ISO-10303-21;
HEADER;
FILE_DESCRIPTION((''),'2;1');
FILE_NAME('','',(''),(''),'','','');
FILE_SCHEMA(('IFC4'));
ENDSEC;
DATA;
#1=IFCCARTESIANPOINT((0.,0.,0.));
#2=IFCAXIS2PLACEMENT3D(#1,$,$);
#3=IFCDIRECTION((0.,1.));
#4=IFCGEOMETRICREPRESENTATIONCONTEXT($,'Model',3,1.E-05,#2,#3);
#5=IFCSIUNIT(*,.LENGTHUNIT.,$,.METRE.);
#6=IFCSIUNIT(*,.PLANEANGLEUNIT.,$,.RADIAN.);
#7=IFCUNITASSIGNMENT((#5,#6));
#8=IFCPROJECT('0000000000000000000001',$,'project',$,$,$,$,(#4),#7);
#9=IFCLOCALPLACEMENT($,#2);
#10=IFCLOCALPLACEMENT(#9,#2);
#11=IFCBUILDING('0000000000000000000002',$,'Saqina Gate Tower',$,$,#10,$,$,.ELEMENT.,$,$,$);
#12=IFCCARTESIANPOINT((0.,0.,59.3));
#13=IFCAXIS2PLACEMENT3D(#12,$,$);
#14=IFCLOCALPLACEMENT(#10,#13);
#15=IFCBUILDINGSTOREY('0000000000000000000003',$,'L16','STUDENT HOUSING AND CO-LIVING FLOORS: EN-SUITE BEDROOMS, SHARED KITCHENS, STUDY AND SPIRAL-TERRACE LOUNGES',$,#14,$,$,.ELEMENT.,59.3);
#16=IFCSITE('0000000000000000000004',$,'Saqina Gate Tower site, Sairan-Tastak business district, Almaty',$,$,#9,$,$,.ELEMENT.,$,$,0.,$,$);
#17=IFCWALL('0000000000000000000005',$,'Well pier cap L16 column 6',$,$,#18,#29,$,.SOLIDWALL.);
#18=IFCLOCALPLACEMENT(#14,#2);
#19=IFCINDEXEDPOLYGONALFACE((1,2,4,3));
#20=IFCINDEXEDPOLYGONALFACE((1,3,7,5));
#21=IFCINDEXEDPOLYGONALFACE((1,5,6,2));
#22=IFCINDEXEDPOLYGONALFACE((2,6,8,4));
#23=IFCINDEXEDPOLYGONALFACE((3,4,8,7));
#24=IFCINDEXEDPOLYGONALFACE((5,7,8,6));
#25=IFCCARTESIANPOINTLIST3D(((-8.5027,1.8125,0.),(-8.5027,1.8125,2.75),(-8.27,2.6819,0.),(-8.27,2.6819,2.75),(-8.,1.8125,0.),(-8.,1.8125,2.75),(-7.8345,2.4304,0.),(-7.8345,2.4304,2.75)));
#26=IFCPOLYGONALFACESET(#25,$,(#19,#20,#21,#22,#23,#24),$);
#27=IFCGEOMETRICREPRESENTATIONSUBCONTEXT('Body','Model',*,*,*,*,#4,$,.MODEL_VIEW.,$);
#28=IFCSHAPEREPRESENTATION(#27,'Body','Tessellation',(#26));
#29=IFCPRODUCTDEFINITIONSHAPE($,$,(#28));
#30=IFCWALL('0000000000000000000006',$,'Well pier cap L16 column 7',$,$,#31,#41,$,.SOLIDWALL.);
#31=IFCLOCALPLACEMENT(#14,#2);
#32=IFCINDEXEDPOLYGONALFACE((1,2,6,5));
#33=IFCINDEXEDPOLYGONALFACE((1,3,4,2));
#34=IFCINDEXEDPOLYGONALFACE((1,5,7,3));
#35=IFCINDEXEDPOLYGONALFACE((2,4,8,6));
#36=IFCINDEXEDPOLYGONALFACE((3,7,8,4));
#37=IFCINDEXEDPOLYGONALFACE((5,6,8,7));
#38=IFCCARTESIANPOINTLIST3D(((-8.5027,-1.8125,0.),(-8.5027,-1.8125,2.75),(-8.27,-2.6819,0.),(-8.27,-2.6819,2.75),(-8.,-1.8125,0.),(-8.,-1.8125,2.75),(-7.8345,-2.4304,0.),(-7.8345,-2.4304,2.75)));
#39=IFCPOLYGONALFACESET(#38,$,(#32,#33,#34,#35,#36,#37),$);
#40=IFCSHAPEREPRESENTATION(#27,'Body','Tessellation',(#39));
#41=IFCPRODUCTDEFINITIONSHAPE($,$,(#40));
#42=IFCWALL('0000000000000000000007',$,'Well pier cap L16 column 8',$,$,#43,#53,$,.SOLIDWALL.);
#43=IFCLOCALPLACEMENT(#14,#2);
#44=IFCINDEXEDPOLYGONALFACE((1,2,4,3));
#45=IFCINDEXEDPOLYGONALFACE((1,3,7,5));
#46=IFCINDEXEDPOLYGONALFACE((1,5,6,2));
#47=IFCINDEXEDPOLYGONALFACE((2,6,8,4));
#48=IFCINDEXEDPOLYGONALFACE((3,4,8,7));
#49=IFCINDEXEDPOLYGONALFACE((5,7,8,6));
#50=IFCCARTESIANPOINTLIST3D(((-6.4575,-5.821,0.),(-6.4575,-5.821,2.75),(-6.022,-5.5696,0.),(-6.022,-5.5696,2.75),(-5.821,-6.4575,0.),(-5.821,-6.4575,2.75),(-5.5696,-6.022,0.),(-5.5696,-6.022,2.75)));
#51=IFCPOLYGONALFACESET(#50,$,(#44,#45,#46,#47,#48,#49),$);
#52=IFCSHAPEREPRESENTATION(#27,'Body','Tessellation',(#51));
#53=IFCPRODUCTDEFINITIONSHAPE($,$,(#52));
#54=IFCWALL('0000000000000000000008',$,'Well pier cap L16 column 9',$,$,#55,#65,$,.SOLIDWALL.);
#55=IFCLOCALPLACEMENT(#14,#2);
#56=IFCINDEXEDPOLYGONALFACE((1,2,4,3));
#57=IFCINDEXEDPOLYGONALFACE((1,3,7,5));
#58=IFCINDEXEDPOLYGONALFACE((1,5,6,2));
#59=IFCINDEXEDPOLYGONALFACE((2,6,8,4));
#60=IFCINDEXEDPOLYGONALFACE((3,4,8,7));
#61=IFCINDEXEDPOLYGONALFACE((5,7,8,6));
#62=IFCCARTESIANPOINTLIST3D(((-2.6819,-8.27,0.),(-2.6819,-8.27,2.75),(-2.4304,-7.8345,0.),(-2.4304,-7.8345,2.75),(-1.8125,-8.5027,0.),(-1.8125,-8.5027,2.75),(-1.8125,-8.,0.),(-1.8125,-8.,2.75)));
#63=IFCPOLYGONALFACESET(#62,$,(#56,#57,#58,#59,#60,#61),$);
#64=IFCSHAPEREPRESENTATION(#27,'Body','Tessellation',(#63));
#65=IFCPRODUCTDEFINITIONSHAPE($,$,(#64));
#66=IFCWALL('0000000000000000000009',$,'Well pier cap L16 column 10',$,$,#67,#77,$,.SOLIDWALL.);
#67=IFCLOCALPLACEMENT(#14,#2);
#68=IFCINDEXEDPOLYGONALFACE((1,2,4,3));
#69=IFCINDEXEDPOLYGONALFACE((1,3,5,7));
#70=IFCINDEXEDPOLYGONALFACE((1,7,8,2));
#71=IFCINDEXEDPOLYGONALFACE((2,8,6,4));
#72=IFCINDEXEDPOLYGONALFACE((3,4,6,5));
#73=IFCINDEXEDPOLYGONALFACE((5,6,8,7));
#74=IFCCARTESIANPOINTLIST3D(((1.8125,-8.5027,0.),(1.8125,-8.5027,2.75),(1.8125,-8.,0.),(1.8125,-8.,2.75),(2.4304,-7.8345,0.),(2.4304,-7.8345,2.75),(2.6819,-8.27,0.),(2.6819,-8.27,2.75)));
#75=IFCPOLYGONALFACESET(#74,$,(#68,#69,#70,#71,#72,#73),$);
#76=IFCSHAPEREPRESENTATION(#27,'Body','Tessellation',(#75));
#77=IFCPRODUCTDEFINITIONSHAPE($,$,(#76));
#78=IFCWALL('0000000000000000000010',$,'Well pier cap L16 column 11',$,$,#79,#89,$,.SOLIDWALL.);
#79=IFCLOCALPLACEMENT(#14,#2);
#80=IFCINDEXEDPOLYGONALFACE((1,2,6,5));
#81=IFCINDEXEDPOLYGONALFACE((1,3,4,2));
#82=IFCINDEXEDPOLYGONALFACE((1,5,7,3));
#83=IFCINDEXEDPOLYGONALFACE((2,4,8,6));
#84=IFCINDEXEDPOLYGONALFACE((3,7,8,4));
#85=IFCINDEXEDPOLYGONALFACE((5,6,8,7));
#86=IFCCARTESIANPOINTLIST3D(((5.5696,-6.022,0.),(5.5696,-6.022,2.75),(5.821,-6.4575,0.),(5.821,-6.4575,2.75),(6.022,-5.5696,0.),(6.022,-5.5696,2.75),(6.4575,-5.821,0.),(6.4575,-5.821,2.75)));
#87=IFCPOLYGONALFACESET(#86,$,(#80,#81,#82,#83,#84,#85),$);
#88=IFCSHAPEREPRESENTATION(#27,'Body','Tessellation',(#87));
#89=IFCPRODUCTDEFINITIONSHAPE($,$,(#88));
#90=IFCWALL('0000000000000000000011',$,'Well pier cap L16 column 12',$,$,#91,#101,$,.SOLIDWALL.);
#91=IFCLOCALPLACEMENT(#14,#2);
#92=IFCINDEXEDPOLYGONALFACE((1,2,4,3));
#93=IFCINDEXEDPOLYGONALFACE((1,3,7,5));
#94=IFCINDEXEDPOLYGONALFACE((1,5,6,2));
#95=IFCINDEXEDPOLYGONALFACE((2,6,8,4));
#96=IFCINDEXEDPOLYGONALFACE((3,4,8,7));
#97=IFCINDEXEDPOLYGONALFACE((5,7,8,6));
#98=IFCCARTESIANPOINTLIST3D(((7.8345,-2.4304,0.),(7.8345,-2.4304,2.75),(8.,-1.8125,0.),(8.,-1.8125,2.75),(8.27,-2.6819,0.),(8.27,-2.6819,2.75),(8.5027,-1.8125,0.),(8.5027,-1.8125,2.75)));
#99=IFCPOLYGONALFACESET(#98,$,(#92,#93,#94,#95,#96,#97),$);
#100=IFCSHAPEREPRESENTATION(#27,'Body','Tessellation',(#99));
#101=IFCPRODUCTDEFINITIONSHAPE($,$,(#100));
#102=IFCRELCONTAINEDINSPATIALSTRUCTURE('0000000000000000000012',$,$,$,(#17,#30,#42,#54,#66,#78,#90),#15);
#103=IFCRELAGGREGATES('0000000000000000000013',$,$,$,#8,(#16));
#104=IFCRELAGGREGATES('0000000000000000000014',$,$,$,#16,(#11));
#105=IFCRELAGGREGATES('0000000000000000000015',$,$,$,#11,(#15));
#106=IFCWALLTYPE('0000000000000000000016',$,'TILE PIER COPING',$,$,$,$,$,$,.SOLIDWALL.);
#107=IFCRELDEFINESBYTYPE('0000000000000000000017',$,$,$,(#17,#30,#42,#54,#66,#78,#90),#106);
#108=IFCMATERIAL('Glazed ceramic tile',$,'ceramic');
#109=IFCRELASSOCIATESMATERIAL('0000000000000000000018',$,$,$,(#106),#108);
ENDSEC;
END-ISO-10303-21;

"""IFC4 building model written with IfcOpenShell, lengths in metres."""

from ifc_helpers import new_model, si_unit, direction, frame, origin, place, context, subcontext, project, spatial, polyline, outline, extrude, material, type_object, element, save


model = new_model("IFC4")

# Units and contexts
model_context = context("Model", 3, precision=1e-05, world=origin(), true_north=direction((0.0, 1.0)))
body_context = subcontext(model_context, "Body", "Model", "MODEL_VIEW")
ifc_project = project(units=[si_unit("LENGTHUNIT", "METRE"), si_unit("PLANEANGLEUNIT", "RADIAN")], contexts=[model_context])

# Site, building, storey
site_placement = place(None, origin())
site = spatial("IfcSite", under=ifc_project, at=site_placement, Name="Saqina Gate Tower site, Sairan-Tastak business district, Almaty", CompositionType="ELEMENT", RefElevation=0.0)
building_placement = place(site_placement, origin())
building = spatial("IfcBuilding", under=site, at=building_placement, Name="Saqina Gate Tower", CompositionType="ELEMENT")
storey_placement = place(building_placement, frame((0.0, 0.0, 59.3)))
storey = spatial("IfcBuildingStorey", under=building, at=storey_placement, Name="L16", Description="STUDENT HOUSING AND CO-LIVING FLOORS: EN-SUITE BEDROOMS, SHARED KITCHENS, STUDY AND SPIRAL-TERRACE LOUNGES", CompositionType="ELEMENT", Elevation=59.3)

# Walls
ifc_material_1 = material(Name="Glazed ceramic tile", Category="ceramic")
wall_type_1 = type_object("IfcWallType", Name="TILE PIER COPING", PredefinedType="SOLIDWALL", material=ifc_material_1)
wall_1_placement = place(storey_placement, origin())
element("IfcWall", 1, at=wall_1_placement, inside=storey, type_object=wall_type_1, Name="Well pier cap L16 column 6", PredefinedType="SOLIDWALL", context=body_context, shape_type="SweptSolid", body=[
    extrude(outline(polyline([(-8.5027, 1.8125), (-8.0, 1.8125), (-7.8345, 2.4304), (-8.27, 2.6819), (-8.5027, 1.8125)])), origin(), (0.0, 0.0, 1.0), 2.75),
])
wall_2_placement = place(storey_placement, origin())
element("IfcWall", 2, at=wall_2_placement, inside=storey, type_object=wall_type_1, Name="Well pier cap L16 column 7", PredefinedType="SOLIDWALL", context=body_context, shape_type="SweptSolid", body=[
    extrude(outline(polyline([(-8.27, -2.6819), (-7.8345, -2.4304), (-8.0, -1.8125), (-8.5027, -1.8125), (-8.27, -2.6819)])), origin(), (0.0, 0.0, 1.0), 2.75),
])
wall_3_placement = place(storey_placement, origin())
element("IfcWall", 3, at=wall_3_placement, inside=storey, type_object=wall_type_1, Name="Well pier cap L16 column 8", PredefinedType="SOLIDWALL", context=body_context, shape_type="SweptSolid", body=[
    extrude(outline(polyline([(-6.4575, -5.821), (-5.821, -6.4575), (-5.5696, -6.022), (-6.022, -5.5696), (-6.4575, -5.821)])), origin(), (0.0, 0.0, 1.0), 2.75),
])
wall_4_placement = place(storey_placement, origin())
element("IfcWall", 4, at=wall_4_placement, inside=storey, type_object=wall_type_1, Name="Well pier cap L16 column 9", PredefinedType="SOLIDWALL", context=body_context, shape_type="SweptSolid", body=[
    extrude(outline(polyline([(-1.8125, -8.5027), (-1.8125, -8.0), (-2.4304, -7.8345), (-2.6819, -8.27), (-1.8125, -8.5027)])), origin(), (0.0, 0.0, 1.0), 2.75),
])
wall_5_placement = place(storey_placement, origin())
element("IfcWall", 5, at=wall_5_placement, inside=storey, type_object=wall_type_1, Name="Well pier cap L16 column 10", PredefinedType="SOLIDWALL", context=body_context, shape_type="SweptSolid", body=[
    extrude(outline(polyline([(2.6819, -8.27), (2.4304, -7.8345), (1.8125, -8.0), (1.8125, -8.5027), (2.6819, -8.27)])), origin(), (0.0, 0.0, 1.0), 2.75),
])
wall_6_placement = place(storey_placement, origin())
element("IfcWall", 6, at=wall_6_placement, inside=storey, type_object=wall_type_1, Name="Well pier cap L16 column 11", PredefinedType="SOLIDWALL", context=body_context, shape_type="SweptSolid", body=[
    extrude(outline(polyline([(5.821, -6.4575), (6.4575, -5.821), (6.022, -5.5696), (5.5696, -6.022), (5.821, -6.4575)])), origin(), (0.0, 0.0, 1.0), 2.75),
])
wall_7_placement = place(storey_placement, origin())
element("IfcWall", 7, at=wall_7_placement, inside=storey, type_object=wall_type_1, Name="Well pier cap L16 column 12", PredefinedType="SOLIDWALL", context=body_context, shape_type="SweptSolid", body=[
    extrude(outline(polyline([(8.5027, -1.8125), (8.0, -1.8125), (7.8345, -2.4304), (8.27, -2.6819), (8.5027, -1.8125)])), origin(), (0.0, 0.0, 1.0), 2.75),
])

save(model, "model.ifc")
